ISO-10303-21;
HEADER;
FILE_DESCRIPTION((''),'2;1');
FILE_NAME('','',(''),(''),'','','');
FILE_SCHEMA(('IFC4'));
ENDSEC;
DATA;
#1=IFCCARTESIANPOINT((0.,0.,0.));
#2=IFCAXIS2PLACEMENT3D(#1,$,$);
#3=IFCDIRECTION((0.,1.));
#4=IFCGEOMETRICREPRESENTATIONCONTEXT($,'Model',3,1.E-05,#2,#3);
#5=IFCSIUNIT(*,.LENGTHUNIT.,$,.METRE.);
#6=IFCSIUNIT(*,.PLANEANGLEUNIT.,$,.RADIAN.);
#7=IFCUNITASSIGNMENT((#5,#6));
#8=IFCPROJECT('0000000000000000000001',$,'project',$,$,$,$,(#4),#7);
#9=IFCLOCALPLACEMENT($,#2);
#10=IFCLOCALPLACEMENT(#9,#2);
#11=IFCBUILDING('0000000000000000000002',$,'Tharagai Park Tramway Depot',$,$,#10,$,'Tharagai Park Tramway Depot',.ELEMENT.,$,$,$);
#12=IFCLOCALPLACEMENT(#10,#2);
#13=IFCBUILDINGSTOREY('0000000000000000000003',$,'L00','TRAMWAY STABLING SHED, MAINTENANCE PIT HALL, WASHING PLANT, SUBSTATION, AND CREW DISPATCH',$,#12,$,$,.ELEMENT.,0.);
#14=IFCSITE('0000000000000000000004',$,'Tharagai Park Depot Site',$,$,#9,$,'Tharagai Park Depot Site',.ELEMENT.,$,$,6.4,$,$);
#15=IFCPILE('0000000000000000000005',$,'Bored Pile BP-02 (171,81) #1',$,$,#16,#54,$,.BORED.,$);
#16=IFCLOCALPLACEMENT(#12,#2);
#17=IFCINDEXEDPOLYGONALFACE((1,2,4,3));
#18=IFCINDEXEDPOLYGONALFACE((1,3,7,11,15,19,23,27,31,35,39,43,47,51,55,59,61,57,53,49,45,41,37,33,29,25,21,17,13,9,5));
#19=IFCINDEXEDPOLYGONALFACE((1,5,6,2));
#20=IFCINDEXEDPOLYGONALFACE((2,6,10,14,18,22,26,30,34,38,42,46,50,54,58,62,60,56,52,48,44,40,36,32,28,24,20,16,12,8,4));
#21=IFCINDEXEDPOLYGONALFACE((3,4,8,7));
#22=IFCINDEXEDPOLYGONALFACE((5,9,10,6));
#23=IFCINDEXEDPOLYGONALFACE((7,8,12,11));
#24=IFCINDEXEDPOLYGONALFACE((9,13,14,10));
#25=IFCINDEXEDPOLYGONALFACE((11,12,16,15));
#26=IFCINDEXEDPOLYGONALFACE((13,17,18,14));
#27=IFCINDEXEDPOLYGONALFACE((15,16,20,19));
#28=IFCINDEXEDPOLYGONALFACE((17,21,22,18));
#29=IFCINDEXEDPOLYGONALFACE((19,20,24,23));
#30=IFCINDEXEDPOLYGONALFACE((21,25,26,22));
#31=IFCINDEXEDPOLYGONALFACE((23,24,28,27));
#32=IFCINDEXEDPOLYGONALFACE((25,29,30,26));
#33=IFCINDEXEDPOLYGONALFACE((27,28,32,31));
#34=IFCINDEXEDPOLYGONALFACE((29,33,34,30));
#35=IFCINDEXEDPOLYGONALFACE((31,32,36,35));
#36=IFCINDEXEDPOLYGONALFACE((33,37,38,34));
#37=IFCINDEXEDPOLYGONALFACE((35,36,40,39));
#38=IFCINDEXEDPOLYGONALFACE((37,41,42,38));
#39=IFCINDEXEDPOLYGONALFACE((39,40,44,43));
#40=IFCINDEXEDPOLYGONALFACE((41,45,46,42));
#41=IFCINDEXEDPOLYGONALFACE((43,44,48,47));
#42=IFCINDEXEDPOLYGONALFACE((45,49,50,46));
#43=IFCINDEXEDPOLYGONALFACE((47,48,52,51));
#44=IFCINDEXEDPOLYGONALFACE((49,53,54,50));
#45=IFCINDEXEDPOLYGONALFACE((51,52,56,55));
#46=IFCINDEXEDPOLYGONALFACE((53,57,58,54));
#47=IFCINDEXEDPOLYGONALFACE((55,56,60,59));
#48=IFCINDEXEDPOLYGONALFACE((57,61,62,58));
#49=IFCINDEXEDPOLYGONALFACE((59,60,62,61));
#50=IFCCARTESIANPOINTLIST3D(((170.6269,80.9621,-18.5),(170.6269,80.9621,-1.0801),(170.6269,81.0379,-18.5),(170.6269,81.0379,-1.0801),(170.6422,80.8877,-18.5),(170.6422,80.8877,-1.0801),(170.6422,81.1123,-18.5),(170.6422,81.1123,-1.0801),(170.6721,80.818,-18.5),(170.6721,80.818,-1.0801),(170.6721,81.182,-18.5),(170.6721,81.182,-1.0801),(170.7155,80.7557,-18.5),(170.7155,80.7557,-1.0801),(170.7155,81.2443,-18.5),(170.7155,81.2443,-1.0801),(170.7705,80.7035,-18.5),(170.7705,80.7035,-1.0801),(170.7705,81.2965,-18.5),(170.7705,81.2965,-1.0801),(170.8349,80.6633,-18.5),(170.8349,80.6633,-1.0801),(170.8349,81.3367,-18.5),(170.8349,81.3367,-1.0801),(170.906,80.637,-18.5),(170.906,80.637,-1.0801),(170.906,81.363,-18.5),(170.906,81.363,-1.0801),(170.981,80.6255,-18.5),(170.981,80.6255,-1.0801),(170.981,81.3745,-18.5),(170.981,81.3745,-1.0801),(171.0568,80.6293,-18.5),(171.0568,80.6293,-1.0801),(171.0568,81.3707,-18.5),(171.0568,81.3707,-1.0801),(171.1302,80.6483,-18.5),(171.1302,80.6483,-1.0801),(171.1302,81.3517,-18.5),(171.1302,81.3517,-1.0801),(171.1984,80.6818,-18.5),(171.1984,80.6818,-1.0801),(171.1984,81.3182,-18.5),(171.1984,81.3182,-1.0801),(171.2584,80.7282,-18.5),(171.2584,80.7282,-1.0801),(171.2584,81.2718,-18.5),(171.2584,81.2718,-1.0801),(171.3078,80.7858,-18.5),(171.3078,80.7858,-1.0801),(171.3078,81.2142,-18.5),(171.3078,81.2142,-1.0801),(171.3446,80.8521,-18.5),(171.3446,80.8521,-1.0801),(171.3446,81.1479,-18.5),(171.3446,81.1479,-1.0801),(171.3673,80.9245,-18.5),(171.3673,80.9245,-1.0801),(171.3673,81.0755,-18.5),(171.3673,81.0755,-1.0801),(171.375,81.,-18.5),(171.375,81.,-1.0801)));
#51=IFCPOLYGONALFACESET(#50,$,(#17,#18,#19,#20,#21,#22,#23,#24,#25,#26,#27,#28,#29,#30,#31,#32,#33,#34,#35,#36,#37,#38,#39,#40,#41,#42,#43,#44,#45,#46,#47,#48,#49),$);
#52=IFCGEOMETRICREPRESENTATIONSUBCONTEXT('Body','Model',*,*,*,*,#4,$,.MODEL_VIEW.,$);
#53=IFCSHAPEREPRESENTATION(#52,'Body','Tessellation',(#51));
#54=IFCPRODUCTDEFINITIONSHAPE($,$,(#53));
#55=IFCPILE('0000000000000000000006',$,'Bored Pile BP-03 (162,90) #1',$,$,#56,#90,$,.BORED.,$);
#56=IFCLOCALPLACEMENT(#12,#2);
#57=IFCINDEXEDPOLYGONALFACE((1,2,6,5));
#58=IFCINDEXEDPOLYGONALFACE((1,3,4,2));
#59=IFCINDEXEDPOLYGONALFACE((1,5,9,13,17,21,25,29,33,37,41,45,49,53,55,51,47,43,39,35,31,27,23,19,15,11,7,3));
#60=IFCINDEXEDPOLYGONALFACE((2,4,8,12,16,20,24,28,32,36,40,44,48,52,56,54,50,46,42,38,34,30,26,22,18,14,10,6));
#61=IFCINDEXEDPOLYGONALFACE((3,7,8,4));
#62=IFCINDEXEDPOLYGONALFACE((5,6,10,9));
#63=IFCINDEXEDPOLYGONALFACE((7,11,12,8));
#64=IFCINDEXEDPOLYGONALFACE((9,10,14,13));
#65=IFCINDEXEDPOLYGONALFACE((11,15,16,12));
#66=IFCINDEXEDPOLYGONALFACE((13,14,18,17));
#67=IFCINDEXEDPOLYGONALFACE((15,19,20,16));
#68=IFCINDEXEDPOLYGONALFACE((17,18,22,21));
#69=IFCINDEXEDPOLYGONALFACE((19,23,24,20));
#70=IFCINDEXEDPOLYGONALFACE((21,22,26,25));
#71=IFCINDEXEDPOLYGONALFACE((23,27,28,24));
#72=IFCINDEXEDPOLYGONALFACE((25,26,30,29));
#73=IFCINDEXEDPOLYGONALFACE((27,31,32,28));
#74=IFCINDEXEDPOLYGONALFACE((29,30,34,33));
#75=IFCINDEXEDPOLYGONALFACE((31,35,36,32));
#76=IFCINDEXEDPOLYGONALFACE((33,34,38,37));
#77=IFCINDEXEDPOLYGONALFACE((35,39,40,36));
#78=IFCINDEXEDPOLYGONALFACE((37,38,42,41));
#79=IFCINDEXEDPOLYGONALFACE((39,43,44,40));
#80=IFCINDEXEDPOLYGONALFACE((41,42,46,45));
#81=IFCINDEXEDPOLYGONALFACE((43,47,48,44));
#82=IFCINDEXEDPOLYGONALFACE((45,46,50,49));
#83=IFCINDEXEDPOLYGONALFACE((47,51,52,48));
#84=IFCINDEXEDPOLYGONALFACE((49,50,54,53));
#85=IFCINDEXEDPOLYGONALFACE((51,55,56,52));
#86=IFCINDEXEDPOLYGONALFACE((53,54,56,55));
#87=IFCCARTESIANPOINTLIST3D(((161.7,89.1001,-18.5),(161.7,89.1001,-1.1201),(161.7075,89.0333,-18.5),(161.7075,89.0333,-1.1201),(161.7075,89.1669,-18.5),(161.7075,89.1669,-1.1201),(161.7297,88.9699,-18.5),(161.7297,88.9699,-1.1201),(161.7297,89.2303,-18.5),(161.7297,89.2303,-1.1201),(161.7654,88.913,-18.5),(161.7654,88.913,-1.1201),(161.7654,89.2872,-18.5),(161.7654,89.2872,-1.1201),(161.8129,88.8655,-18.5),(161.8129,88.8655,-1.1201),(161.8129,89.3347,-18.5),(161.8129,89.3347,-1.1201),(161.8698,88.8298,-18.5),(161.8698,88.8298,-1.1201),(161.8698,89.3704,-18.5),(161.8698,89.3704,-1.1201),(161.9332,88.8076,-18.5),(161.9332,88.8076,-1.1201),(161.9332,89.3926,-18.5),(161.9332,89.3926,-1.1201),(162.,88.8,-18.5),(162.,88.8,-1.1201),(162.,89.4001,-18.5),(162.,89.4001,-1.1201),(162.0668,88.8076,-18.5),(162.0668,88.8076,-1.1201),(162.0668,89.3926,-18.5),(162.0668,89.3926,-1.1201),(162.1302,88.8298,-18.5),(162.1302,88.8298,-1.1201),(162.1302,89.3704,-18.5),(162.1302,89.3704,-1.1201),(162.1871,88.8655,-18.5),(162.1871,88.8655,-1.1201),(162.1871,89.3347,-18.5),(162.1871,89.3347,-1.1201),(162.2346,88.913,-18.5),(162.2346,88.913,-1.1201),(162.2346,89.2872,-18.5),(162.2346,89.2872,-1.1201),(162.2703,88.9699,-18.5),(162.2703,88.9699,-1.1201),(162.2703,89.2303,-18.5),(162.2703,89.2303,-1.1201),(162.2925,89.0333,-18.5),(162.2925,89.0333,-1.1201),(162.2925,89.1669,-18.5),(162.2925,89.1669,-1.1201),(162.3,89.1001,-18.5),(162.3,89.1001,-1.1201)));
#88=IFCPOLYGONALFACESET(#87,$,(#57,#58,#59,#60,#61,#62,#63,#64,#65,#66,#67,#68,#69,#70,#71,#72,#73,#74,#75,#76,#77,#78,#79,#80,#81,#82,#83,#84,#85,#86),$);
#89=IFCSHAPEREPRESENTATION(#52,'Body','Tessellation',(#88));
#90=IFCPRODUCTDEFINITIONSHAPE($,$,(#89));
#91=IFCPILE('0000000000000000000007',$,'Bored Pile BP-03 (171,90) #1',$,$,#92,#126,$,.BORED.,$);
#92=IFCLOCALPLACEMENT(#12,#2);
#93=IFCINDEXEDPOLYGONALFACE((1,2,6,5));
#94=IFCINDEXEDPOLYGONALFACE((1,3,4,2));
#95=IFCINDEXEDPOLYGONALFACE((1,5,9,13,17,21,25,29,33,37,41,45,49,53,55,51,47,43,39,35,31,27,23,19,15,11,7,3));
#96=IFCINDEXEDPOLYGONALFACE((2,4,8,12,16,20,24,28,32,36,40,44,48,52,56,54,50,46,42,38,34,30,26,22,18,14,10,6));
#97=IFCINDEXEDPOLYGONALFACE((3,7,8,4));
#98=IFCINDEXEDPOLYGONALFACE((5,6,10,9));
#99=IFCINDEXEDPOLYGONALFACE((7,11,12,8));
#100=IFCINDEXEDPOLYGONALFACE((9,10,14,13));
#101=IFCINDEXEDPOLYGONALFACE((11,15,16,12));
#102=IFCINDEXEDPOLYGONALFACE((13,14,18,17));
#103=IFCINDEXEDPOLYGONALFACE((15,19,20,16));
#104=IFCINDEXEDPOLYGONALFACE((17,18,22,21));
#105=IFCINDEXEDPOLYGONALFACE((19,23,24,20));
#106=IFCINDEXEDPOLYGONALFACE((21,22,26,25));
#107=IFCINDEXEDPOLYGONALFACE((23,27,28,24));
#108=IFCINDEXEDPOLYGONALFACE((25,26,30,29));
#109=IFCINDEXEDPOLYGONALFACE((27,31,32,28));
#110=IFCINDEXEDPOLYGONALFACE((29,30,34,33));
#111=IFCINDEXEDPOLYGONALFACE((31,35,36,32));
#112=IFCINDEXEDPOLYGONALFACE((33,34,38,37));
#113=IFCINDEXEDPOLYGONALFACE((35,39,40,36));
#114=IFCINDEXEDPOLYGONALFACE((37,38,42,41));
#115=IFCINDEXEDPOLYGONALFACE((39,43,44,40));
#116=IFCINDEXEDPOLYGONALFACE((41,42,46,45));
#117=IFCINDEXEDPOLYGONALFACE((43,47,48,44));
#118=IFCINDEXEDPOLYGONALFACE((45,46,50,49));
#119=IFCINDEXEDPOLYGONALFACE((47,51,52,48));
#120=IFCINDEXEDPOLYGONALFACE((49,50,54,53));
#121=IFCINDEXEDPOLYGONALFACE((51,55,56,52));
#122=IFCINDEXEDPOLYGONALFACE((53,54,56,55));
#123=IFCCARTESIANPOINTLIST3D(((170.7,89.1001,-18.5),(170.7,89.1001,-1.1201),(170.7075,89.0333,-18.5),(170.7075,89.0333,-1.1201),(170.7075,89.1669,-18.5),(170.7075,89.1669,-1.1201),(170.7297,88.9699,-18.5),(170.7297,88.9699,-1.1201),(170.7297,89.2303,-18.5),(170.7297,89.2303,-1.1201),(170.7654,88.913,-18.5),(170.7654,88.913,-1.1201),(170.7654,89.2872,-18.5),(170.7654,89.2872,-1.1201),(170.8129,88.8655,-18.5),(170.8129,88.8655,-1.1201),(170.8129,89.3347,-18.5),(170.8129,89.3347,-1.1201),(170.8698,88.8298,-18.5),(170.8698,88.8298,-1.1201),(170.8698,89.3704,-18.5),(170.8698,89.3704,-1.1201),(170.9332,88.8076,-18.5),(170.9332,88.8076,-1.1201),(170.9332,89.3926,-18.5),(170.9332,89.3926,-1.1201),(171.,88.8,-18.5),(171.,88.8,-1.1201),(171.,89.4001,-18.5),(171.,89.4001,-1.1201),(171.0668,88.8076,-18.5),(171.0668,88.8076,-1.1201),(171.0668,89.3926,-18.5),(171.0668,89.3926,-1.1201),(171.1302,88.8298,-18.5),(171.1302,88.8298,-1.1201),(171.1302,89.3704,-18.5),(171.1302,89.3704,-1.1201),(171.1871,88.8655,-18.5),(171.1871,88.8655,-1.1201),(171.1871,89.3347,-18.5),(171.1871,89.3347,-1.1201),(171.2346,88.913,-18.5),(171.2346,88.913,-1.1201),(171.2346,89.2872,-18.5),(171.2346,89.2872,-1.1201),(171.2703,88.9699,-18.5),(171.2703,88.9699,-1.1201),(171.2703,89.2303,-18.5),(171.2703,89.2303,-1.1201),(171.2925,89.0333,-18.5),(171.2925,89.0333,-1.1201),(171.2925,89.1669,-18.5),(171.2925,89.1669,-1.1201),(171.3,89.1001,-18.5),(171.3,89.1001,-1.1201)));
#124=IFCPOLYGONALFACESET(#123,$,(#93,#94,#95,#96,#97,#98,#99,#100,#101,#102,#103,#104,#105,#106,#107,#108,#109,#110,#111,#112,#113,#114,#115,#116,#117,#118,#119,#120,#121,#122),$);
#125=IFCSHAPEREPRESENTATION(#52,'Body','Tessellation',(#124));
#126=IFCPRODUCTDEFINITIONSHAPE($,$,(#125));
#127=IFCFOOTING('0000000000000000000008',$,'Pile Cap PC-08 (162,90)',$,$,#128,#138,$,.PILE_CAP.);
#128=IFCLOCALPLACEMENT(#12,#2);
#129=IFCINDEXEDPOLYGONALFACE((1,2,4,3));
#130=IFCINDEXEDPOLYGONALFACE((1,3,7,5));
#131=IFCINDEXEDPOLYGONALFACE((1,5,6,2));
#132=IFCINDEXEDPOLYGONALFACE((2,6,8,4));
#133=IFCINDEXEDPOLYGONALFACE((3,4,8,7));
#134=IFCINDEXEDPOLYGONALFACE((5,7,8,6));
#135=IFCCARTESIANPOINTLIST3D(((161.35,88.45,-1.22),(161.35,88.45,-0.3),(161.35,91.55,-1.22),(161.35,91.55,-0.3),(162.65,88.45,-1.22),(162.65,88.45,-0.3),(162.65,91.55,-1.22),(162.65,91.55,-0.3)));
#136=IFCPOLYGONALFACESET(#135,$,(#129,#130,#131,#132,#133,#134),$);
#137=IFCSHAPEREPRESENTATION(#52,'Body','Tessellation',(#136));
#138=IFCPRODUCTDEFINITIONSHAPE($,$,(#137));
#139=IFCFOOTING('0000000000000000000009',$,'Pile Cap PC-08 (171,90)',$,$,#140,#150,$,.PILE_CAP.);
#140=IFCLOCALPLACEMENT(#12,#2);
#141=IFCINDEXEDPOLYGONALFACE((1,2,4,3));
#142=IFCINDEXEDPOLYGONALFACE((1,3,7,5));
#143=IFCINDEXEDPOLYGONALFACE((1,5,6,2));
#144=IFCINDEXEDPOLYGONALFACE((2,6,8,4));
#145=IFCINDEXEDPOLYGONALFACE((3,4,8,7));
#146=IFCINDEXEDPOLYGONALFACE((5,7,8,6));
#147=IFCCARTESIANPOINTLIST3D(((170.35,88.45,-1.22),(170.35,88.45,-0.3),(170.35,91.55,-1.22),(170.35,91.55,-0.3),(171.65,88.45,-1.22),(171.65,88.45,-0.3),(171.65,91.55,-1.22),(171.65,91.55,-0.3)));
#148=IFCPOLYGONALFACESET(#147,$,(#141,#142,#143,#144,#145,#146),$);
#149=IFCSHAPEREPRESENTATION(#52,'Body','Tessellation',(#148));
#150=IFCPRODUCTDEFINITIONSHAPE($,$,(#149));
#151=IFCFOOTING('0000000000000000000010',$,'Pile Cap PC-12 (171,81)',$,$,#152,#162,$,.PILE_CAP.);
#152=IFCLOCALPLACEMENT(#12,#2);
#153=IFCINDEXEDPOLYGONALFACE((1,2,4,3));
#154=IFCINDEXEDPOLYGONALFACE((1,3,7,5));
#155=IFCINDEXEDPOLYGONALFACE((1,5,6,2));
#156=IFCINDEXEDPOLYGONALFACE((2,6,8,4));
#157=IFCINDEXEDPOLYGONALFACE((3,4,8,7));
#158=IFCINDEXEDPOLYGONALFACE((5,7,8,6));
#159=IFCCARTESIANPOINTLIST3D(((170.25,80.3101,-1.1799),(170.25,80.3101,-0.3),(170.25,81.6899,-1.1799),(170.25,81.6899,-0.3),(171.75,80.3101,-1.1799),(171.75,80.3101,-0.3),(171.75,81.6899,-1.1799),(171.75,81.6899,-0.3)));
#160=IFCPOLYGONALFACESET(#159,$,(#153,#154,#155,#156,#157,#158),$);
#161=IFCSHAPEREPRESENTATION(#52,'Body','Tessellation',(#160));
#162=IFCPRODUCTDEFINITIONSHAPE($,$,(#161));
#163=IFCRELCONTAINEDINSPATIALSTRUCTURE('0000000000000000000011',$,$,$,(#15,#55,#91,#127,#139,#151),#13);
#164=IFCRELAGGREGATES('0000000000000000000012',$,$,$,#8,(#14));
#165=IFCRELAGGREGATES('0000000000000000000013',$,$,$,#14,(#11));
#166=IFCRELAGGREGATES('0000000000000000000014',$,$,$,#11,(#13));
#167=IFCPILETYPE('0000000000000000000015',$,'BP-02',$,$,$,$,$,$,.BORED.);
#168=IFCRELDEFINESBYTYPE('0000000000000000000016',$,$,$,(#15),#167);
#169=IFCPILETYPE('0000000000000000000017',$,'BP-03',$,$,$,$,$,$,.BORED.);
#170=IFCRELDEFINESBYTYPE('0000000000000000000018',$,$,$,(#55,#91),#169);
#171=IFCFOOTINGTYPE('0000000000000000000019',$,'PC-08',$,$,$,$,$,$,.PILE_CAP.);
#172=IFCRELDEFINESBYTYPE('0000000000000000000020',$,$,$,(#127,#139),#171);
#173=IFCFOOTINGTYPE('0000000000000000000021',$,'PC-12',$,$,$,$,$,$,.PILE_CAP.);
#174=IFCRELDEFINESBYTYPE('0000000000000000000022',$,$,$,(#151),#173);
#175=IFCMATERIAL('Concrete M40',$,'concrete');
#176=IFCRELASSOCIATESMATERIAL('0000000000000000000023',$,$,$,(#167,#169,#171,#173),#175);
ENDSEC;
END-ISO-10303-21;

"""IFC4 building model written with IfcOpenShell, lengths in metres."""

from ifc_helpers import new_model, si_unit, direction, frame, origin, origin_2d, place, context, subcontext, project, spatial, rectangle, circle, extrude, material, material_profile, profile_set, type_object, element, save


model = new_model("IFC4")

# Units and contexts
model_context = context("Model", 3, precision=1e-05, world=origin(), true_north=direction((0.0, 1.0)))
body_context = subcontext(model_context, "Body", "Model", "MODEL_VIEW")
ifc_project = project(units=[si_unit("LENGTHUNIT", "METRE"), si_unit("PLANEANGLEUNIT", "RADIAN")], contexts=[model_context])

# Site, building, storey
site_placement = place(None, origin())
site = spatial("IfcSite", under=ifc_project, at=site_placement, Name="Tharagai Park Depot Site", LongName="Tharagai Park Depot Site", CompositionType="ELEMENT", RefElevation=6.4)
building_placement = place(site_placement, origin())
building = spatial("IfcBuilding", under=site, at=building_placement, Name="Tharagai Park Tramway Depot", LongName="Tharagai Park Tramway Depot", CompositionType="ELEMENT")
storey_placement = place(building_placement, origin())
storey = spatial("IfcBuildingStorey", under=building, at=storey_placement, Name="L00", Description="TRAMWAY STABLING SHED, MAINTENANCE PIT HALL, WASHING PLANT, SUBSTATION, AND CREW DISPATCH", CompositionType="ELEMENT", Elevation=0.0)

# Piles
ifc_material_1 = material(Name="Concrete M40", Category="concrete")
ifc_material_profile_1 = material_profile(ifc_material_1, circle(Radius=0.375, at=origin_2d()), Name="PILE D750")
ifc_profile_set_1 = profile_set([ifc_material_profile_1], Name="Concrete M40")
pile_type_1 = type_object("IfcPileType", Name="BP-02", PredefinedType="BORED", material=ifc_profile_set_1)
pile_placement = place(storey_placement, frame((171.0, 81.0, -1.0801), z_axis=(0.0, 0.0, -1.0), x_axis=(1.0, 0.0, 0.0)))
element("IfcPile", 1, at=pile_placement, inside=storey, type_object=pile_type_1, Name="Bored Pile BP-02 (171,81) #1", PredefinedType="BORED", context=body_context, shape_type="SweptSolid", body=[
    extrude(circle(Radius=0.375, at=origin_2d()), origin(), (0.0, 0.0, 1.0), 17.4199),
])
ifc_material_profile_2 = material_profile(ifc_material_1, circle(Radius=0.3, at=origin_2d()), Name="PILE D600")
ifc_profile_set_2 = profile_set([ifc_material_profile_2], Name="Concrete M40")
pile_type_2 = type_object("IfcPileType", Name="BP-03", PredefinedType="BORED", material=ifc_profile_set_2)
for number, where, z_axis, x_axis, name in (
    (2, (162.0, 89.1001, -1.1201), (0.0, 0.0, -1.0), (1.0, 0.0, 0.0), "Bored Pile BP-03 (162,90) #1"),
    (3, (171.0, 89.1001, -1.1201), (0.0, 0.0, -1.0), (1.0, 0.0, 0.0), "Bored Pile BP-03 (171,90) #1"),
):
    element("IfcPile", number, at=place(storey_placement, frame(where, z_axis=z_axis, x_axis=x_axis)), inside=storey, type_object=pile_type_2, Name=name, PredefinedType="BORED", context=body_context, shape_type="SweptSolid", body=[
        extrude(circle(Radius=0.3, at=origin_2d()), origin(), (0.0, 0.0, 1.0), 17.3799),
    ])

# Footings
footing_type_1 = type_object("IfcFootingType", Name="PC-08", PredefinedType="PILE_CAP", material=ifc_material_1)
for number, where, z_axis, x_axis, name in (
    (4, (162.0, 90.0, -1.22), (0.0, 0.0, 1.0), (1.0, 0.0, 0.0), "Pile Cap PC-08 (162,90)"),
    (5, (171.0, 90.0, -1.22), (0.0, 0.0, 1.0), (1.0, 0.0, 0.0), "Pile Cap PC-08 (171,90)"),
):
    element("IfcFooting", number, at=place(storey_placement, frame(where, z_axis=z_axis, x_axis=x_axis)), inside=storey, type_object=footing_type_1, Name=name, PredefinedType="PILE_CAP", context=body_context, shape_type="SweptSolid", body=[
        extrude(rectangle(XDim=1.3, YDim=3.1001, at=origin_2d()), origin(), (0.0, 0.0, 1.0), 0.9199),
    ])
footing_type_2 = type_object("IfcFootingType", Name="PC-12", PredefinedType="PILE_CAP", material=ifc_material_1)
footing_placement = place(storey_placement, frame((171.0, 81.0, -1.1799), z_axis=(0.0, 0.0, 1.0), x_axis=(1.0, 0.0, 0.0)))
element("IfcFooting", 6, at=footing_placement, inside=storey, type_object=footing_type_2, Name="Pile Cap PC-12 (171,81)", PredefinedType="PILE_CAP", context=body_context, shape_type="SweptSolid", body=[
    extrude(rectangle(XDim=1.5, YDim=1.3799, at=origin_2d()), origin(), (0.0, 0.0, 1.0), 0.8799),
])

save(model, "model.ifc")
